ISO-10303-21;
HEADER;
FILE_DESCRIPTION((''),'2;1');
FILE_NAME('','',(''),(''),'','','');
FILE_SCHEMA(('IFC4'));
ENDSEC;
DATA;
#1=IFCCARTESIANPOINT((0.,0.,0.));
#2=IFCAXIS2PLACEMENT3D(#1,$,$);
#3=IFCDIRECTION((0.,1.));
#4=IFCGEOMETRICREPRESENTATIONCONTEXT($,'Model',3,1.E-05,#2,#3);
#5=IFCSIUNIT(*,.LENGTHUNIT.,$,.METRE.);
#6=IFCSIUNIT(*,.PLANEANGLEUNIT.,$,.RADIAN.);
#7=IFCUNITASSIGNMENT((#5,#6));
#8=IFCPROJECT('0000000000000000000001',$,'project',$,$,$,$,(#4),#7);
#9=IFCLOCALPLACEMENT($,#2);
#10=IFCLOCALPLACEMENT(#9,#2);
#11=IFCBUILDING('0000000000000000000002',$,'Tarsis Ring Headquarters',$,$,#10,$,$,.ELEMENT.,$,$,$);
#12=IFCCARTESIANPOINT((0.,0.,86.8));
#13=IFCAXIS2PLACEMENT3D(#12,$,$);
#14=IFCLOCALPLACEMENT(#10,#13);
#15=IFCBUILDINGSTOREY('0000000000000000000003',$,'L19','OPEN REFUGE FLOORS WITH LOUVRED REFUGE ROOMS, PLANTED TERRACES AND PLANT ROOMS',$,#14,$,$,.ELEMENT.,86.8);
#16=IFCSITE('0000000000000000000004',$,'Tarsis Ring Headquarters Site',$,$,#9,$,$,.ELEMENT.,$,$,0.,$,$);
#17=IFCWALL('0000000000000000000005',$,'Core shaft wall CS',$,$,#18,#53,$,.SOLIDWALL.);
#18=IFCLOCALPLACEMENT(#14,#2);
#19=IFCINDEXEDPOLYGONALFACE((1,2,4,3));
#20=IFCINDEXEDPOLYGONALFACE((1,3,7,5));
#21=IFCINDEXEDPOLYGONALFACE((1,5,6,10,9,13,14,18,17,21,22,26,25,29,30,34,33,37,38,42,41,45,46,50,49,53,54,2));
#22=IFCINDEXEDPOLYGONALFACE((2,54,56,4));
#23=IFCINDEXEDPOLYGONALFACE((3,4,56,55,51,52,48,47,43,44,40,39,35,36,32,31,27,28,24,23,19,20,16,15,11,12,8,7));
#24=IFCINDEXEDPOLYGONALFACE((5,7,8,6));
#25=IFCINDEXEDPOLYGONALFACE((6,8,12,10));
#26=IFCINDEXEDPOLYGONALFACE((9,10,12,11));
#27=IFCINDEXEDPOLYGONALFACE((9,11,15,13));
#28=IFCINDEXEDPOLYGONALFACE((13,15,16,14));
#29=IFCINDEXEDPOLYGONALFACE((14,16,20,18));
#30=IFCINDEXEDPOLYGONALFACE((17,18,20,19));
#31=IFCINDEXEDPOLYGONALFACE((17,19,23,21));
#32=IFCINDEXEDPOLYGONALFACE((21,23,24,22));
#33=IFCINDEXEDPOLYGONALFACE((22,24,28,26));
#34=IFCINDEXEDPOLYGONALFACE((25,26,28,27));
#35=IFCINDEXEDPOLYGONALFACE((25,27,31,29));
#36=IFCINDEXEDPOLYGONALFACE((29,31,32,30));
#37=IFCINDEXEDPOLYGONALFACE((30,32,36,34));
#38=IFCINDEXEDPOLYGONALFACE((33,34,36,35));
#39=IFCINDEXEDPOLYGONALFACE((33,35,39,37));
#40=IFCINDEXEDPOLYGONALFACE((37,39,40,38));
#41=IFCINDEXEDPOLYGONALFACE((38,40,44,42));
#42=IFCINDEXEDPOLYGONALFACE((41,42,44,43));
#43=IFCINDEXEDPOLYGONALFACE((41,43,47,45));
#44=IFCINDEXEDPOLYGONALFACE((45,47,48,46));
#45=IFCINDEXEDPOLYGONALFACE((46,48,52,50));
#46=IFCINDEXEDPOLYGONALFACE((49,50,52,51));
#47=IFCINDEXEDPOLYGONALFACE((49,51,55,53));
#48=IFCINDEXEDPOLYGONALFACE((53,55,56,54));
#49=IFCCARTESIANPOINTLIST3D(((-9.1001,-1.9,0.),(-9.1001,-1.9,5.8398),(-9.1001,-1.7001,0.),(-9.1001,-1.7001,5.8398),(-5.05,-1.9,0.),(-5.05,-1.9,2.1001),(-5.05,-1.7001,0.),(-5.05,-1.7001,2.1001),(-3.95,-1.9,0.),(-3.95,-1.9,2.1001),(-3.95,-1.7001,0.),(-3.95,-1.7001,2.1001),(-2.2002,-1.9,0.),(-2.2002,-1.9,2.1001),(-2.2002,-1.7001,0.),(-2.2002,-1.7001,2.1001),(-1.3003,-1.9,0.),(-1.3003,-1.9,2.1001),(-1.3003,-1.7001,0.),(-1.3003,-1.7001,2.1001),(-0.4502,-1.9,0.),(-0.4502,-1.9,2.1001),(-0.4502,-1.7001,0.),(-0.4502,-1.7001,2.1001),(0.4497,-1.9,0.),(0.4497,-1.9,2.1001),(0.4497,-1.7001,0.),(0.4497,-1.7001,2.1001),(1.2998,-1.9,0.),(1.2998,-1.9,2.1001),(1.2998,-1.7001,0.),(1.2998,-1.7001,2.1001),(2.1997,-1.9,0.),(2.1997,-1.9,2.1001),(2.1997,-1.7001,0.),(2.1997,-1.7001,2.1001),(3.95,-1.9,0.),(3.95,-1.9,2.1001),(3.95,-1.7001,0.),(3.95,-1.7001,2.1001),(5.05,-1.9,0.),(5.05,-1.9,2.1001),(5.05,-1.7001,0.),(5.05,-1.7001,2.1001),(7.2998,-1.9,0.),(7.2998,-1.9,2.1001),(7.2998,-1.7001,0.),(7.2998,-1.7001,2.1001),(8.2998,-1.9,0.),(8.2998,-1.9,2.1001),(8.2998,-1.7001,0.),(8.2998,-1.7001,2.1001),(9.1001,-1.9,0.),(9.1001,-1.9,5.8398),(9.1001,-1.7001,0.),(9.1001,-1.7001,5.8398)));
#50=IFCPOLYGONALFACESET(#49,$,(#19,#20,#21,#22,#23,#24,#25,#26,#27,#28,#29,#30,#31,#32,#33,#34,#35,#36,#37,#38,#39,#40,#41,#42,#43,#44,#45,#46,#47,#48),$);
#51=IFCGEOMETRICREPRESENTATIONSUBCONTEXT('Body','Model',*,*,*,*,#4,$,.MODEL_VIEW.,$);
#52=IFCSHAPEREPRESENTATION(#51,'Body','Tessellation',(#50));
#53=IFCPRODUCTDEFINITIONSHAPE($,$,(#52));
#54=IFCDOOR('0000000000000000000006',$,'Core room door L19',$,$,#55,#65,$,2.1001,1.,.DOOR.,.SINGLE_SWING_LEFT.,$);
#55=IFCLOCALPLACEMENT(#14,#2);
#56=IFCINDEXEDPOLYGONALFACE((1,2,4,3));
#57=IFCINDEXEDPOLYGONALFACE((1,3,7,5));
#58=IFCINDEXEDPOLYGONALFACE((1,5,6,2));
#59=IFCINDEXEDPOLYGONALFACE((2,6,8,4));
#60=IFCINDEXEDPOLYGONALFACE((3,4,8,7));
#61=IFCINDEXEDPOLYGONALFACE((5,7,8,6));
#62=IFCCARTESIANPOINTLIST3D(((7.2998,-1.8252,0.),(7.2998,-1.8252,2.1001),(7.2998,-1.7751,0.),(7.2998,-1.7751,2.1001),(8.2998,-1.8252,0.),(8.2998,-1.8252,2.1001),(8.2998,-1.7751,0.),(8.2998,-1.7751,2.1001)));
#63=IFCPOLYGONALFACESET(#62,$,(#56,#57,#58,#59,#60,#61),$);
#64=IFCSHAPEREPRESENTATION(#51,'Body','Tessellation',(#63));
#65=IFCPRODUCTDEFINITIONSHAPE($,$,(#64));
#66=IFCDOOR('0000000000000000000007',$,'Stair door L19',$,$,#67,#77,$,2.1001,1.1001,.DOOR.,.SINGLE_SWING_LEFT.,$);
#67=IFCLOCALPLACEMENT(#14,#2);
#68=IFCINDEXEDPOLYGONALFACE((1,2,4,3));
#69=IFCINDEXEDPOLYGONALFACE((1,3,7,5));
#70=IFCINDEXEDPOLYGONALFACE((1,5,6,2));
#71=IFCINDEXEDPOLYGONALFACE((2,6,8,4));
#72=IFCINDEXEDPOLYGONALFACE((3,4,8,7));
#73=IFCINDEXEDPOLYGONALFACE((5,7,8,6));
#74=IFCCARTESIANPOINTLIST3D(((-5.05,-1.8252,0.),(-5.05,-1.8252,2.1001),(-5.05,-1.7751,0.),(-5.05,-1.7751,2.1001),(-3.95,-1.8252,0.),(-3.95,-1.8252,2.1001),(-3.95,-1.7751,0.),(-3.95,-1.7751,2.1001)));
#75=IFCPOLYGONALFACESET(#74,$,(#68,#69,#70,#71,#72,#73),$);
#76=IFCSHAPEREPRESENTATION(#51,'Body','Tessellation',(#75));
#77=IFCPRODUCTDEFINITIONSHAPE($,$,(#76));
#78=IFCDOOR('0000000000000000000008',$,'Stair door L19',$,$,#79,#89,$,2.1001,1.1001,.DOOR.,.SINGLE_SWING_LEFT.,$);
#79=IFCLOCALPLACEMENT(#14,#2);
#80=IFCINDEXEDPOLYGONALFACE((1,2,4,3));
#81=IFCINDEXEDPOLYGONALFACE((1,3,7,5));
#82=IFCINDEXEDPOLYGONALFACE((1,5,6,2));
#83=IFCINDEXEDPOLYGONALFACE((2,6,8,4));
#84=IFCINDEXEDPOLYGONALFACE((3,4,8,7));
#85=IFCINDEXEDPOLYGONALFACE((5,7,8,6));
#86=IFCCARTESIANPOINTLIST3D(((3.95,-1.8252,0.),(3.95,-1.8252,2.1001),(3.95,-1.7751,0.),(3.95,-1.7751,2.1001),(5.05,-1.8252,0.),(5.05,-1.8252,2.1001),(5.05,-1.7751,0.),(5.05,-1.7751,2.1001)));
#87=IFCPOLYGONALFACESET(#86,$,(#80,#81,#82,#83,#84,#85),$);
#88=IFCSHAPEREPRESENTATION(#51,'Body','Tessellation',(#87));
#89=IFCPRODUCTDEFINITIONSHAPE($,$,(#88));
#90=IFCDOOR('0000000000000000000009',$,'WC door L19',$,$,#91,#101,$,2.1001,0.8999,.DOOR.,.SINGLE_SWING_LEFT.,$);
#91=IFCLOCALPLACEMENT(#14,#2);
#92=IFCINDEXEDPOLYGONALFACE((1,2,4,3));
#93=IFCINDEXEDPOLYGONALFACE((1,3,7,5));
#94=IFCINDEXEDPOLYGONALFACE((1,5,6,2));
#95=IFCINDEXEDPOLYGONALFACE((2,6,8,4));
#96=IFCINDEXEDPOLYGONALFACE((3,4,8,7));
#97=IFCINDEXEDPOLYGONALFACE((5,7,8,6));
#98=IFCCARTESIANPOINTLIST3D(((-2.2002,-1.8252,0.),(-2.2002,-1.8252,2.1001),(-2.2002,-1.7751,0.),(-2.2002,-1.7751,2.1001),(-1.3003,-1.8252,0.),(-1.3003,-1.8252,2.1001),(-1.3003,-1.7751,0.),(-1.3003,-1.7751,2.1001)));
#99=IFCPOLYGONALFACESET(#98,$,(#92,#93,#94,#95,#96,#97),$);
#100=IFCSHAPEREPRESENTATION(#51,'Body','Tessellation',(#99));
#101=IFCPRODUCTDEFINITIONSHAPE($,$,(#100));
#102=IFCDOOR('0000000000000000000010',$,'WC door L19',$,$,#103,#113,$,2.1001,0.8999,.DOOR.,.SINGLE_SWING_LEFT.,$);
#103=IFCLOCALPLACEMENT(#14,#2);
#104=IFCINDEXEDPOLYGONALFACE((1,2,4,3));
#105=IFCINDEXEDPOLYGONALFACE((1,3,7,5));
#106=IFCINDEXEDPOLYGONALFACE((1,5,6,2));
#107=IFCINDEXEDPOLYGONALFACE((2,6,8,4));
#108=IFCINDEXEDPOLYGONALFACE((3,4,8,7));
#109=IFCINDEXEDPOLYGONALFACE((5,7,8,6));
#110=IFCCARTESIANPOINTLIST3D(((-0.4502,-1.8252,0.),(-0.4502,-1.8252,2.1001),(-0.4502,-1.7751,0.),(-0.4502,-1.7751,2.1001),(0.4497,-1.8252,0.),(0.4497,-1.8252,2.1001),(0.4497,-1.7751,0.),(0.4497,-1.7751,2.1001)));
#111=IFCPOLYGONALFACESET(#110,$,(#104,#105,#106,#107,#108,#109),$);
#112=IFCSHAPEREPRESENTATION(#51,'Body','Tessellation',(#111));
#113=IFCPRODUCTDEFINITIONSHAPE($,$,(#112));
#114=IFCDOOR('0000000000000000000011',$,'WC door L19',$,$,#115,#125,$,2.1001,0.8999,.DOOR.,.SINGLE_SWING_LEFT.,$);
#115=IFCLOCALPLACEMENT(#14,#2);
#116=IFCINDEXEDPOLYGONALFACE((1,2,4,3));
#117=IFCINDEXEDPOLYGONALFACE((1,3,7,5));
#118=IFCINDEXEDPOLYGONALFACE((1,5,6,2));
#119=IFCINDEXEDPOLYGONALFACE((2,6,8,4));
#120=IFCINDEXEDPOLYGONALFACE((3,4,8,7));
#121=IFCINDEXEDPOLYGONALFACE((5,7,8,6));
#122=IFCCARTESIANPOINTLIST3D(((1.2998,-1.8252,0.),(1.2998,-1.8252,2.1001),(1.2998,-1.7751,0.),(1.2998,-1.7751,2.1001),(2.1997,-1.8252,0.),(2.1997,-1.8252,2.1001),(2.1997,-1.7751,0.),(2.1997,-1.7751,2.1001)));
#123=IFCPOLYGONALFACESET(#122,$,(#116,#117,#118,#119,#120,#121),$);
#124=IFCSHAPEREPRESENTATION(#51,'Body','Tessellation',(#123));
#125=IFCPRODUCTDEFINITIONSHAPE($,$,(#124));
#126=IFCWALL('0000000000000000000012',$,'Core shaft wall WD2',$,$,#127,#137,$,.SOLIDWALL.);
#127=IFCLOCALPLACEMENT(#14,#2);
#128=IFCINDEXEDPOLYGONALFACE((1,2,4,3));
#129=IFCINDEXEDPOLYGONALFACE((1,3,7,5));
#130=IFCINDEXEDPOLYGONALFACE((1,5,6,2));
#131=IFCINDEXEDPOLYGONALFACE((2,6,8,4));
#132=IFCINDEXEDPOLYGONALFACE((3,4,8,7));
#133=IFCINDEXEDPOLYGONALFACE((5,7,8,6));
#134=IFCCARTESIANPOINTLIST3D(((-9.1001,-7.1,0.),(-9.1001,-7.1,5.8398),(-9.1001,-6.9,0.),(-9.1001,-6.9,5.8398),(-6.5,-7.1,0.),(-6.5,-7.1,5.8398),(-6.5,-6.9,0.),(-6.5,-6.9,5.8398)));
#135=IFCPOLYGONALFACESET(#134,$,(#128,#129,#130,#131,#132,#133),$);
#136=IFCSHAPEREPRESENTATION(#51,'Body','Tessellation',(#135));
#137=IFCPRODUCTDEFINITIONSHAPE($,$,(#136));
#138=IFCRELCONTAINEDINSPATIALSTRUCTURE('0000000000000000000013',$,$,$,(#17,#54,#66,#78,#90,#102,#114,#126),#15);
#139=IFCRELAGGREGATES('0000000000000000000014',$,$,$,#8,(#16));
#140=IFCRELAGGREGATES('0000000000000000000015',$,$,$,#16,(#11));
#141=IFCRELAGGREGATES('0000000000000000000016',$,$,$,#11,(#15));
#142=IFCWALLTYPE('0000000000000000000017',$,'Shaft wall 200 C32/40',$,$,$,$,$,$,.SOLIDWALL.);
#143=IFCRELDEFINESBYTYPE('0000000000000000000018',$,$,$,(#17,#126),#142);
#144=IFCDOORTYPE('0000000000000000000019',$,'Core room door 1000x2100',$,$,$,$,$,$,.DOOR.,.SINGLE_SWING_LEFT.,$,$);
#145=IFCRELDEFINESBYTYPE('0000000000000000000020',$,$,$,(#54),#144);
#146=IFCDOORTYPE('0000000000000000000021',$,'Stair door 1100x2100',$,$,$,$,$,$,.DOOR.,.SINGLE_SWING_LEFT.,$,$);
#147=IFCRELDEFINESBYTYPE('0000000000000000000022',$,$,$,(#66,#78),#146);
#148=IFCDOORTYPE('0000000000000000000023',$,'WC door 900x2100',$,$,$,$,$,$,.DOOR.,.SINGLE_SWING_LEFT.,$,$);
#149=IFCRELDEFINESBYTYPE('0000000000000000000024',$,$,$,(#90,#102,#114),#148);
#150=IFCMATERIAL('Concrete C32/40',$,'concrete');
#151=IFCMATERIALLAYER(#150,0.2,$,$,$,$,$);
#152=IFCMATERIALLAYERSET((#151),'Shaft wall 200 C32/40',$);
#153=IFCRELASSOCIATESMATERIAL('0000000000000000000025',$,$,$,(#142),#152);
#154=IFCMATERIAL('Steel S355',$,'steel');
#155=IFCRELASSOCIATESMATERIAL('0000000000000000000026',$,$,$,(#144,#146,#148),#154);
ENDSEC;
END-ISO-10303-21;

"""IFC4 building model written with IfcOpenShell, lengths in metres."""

from ifc_helpers import new_model, si_unit, direction, frame, frame_2d, origin, place, context, subcontext, project, spatial, rectangle, extrude, material, layer, layer_set, type_object, element, fill, save


model = new_model("IFC4")

# Units and contexts
model_context = context("Model", 3, precision=1e-05, world=origin(), true_north=direction((0.0, 1.0)))
body_context = subcontext(model_context, "Body", "Model", "MODEL_VIEW")
ifc_project = project(units=[si_unit("LENGTHUNIT", "METRE"), si_unit("PLANEANGLEUNIT", "RADIAN")], contexts=[model_context])

# Site, building, storey
site_placement = place(None, origin())
site = spatial("IfcSite", under=ifc_project, at=site_placement, Name="Tarsis Ring Headquarters Site", CompositionType="ELEMENT", RefElevation=0.0)
building_placement = place(site_placement, origin())
building = spatial("IfcBuilding", under=site, at=building_placement, Name="Tarsis Ring Headquarters", CompositionType="ELEMENT")
storey_placement = place(building_placement, frame((0.0, 0.0, 86.8)))
storey = spatial("IfcBuildingStorey", under=building, at=storey_placement, Name="L19", Description="OPEN REFUGE FLOORS WITH LOUVRED REFUGE ROOMS, PLANTED TERRACES AND PLANT ROOMS", CompositionType="ELEMENT", Elevation=86.8)

# Wall, openings, doors
ifc_material_1 = material(Name="Concrete C32/40", Category="concrete")
ifc_layer_1 = layer(ifc_material_1, 0.2)
ifc_layer_set_1 = layer_set([ifc_layer_1], Name="Shaft wall 200 C32/40")
wall_type_1 = type_object("IfcWallType", Name="Shaft wall 200 C32/40", PredefinedType="SOLIDWALL", material=ifc_layer_set_1)
wall_1_placement = place(storey_placement, frame((-9.1001, -1.8, 0.0), z_axis=(0.0, 0.0, 1.0), x_axis=(1.0, 0.0, 0.0)))
wall_1 = element("IfcWall", 1, at=wall_1_placement, inside=storey, type_object=wall_type_1, Name="Core shaft wall CS", PredefinedType="SOLIDWALL", context=body_context, shape_type="SweptSolid", body=[
    extrude(rectangle(XDim=18.2002, YDim=0.2, at=frame_2d((9.1001, 0.0))), origin(), (0.0, 0.0, 1.0), 5.8398),
])
opening_1_placement = place(wall_1_placement, frame((4.05, 0.0, 0.0)))
opening_1 = element("IfcOpeningElement", 2, at=opening_1_placement, cuts=wall_1, PredefinedType="OPENING", context=body_context, shape_type="SweptSolid", body=[
    extrude(rectangle(XDim=1.1001, YDim=2.1001, at=frame_2d((0.55, 1.05))), frame((0.0, 0.1099, 0.0), z_axis=(0.0, -1.0, 0.0), x_axis=(1.0, 0.0, 0.0)), (0.0, 0.0, 1.0), 0.22),
])
opening_2_placement = place(wall_1_placement, frame((6.8999, 0.0, 0.0)))
opening_2 = element("IfcOpeningElement", 3, at=opening_2_placement, cuts=wall_1, PredefinedType="OPENING", context=body_context, shape_type="SweptSolid", body=[
    extrude(rectangle(XDim=0.8999, YDim=2.1001, at=frame_2d((0.45, 1.05))), frame((0.0, 0.1099, 0.0), z_axis=(0.0, -1.0, 0.0), x_axis=(1.0, 0.0, 0.0)), (0.0, 0.0, 1.0), 0.22),
])
opening_3_placement = place(wall_1_placement, frame((8.6499, 0.0, 0.0)))
opening_3 = element("IfcOpeningElement", 4, at=opening_3_placement, cuts=wall_1, PredefinedType="OPENING", context=body_context, shape_type="SweptSolid", body=[
    extrude(rectangle(XDim=0.8999, YDim=2.1001, at=frame_2d((0.45, 1.05))), frame((0.0, 0.1099, 0.0), z_axis=(0.0, -1.0, 0.0), x_axis=(1.0, 0.0, 0.0)), (0.0, 0.0, 1.0), 0.22),
])
opening_4_placement = place(wall_1_placement, frame((10.3999, 0.0, 0.0)))
opening_4 = element("IfcOpeningElement", 5, at=opening_4_placement, cuts=wall_1, PredefinedType="OPENING", context=body_context, shape_type="SweptSolid", body=[
    extrude(rectangle(XDim=0.8999, YDim=2.1001, at=frame_2d((0.45, 1.05))), frame((0.0, 0.1099, 0.0), z_axis=(0.0, -1.0, 0.0), x_axis=(1.0, 0.0, 0.0)), (0.0, 0.0, 1.0), 0.22),
])
opening_5_placement = place(wall_1_placement, frame((13.05, 0.0, 0.0)))
opening_5 = element("IfcOpeningElement", 6, at=opening_5_placement, cuts=wall_1, PredefinedType="OPENING", context=body_context, shape_type="SweptSolid", body=[
    extrude(rectangle(XDim=1.1001, YDim=2.1001, at=frame_2d((0.55, 1.05))), frame((0.0, 0.1099, 0.0), z_axis=(0.0, -1.0, 0.0), x_axis=(1.0, 0.0, 0.0)), (0.0, 0.0, 1.0), 0.22),
])
opening_6_placement = place(wall_1_placement, frame((16.3999, 0.0, 0.0)))
opening_6 = element("IfcOpeningElement", 7, at=opening_6_placement, cuts=wall_1, PredefinedType="OPENING", context=body_context, shape_type="SweptSolid", body=[
    extrude(rectangle(XDim=1.0, YDim=2.1001, at=frame_2d((0.5, 1.05))), frame((0.0, 0.1099, 0.0), z_axis=(0.0, -1.0, 0.0), x_axis=(1.0, 0.0, 0.0)), (0.0, 0.0, 1.0), 0.22),
])
ifc_material_2 = material(Name="Steel S355", Category="steel")
door_type_1 = type_object("IfcDoorType", Name="Core room door 1000x2100", OperationType="SINGLE_SWING_LEFT", PredefinedType="DOOR", material=ifc_material_2)
door_1_placement = place(opening_6_placement, origin())
door_1 = element("IfcDoor", 8, at=door_1_placement, inside=storey, type_object=door_type_1, Name="Core room door L19", OperationType="SINGLE_SWING_LEFT", OverallHeight=2.1001, OverallWidth=1.0, PredefinedType="DOOR", context=body_context, shape_type="SweptSolid", body=[
    extrude(rectangle(XDim=1.0, YDim=2.1001, at=frame_2d((0.5, 1.05))), frame((0.0, 0.0249, 0.0), z_axis=(0.0, -1.0, 0.0), x_axis=(1.0, 0.0, 0.0)), (0.0, 0.0, 1.0), 0.05),
])
fill(opening_6, door_1)
door_type_2 = type_object("IfcDoorType", Name="Stair door 1100x2100", OperationType="SINGLE_SWING_LEFT", PredefinedType="DOOR", material=ifc_material_2)
door_2_placement = place(opening_1_placement, origin())
door_2 = element("IfcDoor", 9, at=door_2_placement, inside=storey, type_object=door_type_2, Name="Stair door L19", OperationType="SINGLE_SWING_LEFT", OverallHeight=2.1001, OverallWidth=1.1001, PredefinedType="DOOR", context=body_context, shape_type="SweptSolid", body=[
    extrude(rectangle(XDim=1.1001, YDim=2.1001, at=frame_2d((0.55, 1.05))), frame((0.0, 0.0249, 0.0), z_axis=(0.0, -1.0, 0.0), x_axis=(1.0, 0.0, 0.0)), (0.0, 0.0, 1.0), 0.05),
])
fill(opening_1, door_2)
door_3_placement = place(opening_5_placement, origin())
door_3 = element("IfcDoor", 10, at=door_3_placement, inside=storey, type_object=door_type_2, Name="Stair door L19", OperationType="SINGLE_SWING_LEFT", OverallHeight=2.1001, OverallWidth=1.1001, PredefinedType="DOOR", context=body_context, shape_type="SweptSolid", body=[
    extrude(rectangle(XDim=1.1001, YDim=2.1001, at=frame_2d((0.55, 1.05))), frame((0.0, 0.0249, 0.0), z_axis=(0.0, -1.0, 0.0), x_axis=(1.0, 0.0, 0.0)), (0.0, 0.0, 1.0), 0.05),
])
fill(opening_5, door_3)
door_type_3 = type_object("IfcDoorType", Name="WC door 900x2100", OperationType="SINGLE_SWING_LEFT", PredefinedType="DOOR", material=ifc_material_2)
door_4_placement = place(opening_2_placement, origin())
door_4 = element("IfcDoor", 11, at=door_4_placement, inside=storey, type_object=door_type_3, Name="WC door L19", OperationType="SINGLE_SWING_LEFT", OverallHeight=2.1001, OverallWidth=0.8999, PredefinedType="DOOR", context=body_context, shape_type="SweptSolid", body=[
    extrude(rectangle(XDim=0.8999, YDim=2.1001, at=frame_2d((0.45, 1.05))), frame((0.0, 0.0249, 0.0), z_axis=(0.0, -1.0, 0.0), x_axis=(1.0, 0.0, 0.0)), (0.0, 0.0, 1.0), 0.05),
])
fill(opening_2, door_4)
door_5_placement = place(opening_3_placement, origin())
door_5 = element("IfcDoor", 12, at=door_5_placement, inside=storey, type_object=door_type_3, Name="WC door L19", OperationType="SINGLE_SWING_LEFT", OverallHeight=2.1001, OverallWidth=0.8999, PredefinedType="DOOR", context=body_context, shape_type="SweptSolid", body=[
    extrude(rectangle(XDim=0.8999, YDim=2.1001, at=frame_2d((0.45, 1.05))), frame((0.0, 0.0249, 0.0), z_axis=(0.0, -1.0, 0.0), x_axis=(1.0, 0.0, 0.0)), (0.0, 0.0, 1.0), 0.05),
])
fill(opening_3, door_5)
door_6_placement = place(opening_4_placement, origin())
door_6 = element("IfcDoor", 13, at=door_6_placement, inside=storey, type_object=door_type_3, Name="WC door L19", OperationType="SINGLE_SWING_LEFT", OverallHeight=2.1001, OverallWidth=0.8999, PredefinedType="DOOR", context=body_context, shape_type="SweptSolid", body=[
    extrude(rectangle(XDim=0.8999, YDim=2.1001, at=frame_2d((0.45, 1.05))), frame((0.0, 0.0249, 0.0), z_axis=(0.0, -1.0, 0.0), x_axis=(1.0, 0.0, 0.0)), (0.0, 0.0, 1.0), 0.05),
])
fill(opening_4, door_6)

# Wall
wall_2_placement = place(storey_placement, frame((-9.1001, -7.0, 0.0), z_axis=(0.0, 0.0, 1.0), x_axis=(1.0, 0.0, 0.0)))
element("IfcWall", 14, at=wall_2_placement, inside=storey, type_object=wall_type_1, Name="Core shaft wall WD2", PredefinedType="SOLIDWALL", context=body_context, shape_type="SweptSolid", body=[
    extrude(rectangle(XDim=2.6001, YDim=0.2, at=frame_2d((1.3, 0.0))), origin(), (0.0, 0.0, 1.0), 5.8398),
])

save(model, "model.ifc")
